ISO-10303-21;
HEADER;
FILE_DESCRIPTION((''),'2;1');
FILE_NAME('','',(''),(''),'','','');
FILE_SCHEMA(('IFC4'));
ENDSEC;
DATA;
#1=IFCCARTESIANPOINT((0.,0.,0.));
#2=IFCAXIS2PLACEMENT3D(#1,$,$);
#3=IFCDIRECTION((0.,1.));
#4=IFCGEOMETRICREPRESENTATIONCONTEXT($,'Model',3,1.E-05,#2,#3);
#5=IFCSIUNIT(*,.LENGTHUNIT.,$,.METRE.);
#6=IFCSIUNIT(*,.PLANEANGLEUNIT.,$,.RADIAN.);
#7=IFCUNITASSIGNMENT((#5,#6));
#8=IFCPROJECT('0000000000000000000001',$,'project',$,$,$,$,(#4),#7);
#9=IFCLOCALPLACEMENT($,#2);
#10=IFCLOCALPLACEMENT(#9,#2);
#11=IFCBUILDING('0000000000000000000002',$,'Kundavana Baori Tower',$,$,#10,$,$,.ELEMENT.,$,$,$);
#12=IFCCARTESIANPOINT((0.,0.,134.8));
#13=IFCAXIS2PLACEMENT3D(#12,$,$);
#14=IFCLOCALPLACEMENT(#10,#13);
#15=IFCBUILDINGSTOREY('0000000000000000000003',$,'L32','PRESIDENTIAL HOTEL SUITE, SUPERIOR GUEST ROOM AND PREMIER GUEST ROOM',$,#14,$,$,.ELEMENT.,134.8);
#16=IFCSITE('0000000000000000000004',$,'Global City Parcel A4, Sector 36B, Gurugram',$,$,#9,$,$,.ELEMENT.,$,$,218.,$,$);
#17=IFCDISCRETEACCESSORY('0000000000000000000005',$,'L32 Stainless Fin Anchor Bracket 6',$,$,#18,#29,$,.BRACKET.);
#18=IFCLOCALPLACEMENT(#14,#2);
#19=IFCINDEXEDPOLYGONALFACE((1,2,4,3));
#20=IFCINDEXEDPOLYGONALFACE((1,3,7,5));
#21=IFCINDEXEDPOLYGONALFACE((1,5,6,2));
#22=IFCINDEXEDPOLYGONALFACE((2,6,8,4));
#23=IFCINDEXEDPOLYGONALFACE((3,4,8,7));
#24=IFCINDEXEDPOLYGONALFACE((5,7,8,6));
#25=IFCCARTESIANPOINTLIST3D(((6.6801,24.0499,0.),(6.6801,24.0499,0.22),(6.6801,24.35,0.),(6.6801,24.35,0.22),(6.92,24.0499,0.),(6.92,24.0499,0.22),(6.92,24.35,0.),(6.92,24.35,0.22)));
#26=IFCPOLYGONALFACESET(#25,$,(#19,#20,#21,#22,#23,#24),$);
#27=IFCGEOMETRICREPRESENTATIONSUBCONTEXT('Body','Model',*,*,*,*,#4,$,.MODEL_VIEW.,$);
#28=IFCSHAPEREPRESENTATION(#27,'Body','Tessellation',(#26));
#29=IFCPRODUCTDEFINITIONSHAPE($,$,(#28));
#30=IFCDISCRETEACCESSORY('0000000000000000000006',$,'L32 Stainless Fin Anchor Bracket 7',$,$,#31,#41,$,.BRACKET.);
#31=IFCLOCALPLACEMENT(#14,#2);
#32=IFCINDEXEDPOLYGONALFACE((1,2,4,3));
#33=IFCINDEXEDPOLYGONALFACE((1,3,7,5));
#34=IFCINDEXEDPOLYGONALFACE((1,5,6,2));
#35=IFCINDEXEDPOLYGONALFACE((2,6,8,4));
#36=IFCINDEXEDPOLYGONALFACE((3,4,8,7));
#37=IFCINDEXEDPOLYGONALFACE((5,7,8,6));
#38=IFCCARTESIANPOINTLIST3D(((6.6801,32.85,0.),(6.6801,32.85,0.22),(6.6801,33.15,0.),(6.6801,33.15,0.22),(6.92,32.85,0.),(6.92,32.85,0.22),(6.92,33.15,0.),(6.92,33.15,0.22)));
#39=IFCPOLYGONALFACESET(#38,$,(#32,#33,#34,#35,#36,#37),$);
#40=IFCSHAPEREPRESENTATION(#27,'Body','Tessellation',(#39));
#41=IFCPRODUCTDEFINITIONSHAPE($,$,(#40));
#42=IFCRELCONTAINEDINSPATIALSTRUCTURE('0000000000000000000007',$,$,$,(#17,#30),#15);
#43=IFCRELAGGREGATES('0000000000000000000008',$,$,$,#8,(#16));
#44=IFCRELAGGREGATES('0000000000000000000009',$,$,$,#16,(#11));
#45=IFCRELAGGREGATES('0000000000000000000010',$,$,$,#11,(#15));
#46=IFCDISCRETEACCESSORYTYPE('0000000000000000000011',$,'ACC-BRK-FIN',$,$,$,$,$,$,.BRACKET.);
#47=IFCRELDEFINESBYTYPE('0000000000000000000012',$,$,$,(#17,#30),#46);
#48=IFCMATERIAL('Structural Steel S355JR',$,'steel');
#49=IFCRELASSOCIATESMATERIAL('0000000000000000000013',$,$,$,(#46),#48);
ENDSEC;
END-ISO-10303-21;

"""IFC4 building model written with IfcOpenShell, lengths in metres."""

from ifc_helpers import new_model, si_unit, direction, frame, origin, origin_2d, place, context, subcontext, project, spatial, rectangle, extrude, material, type_object, element, save


model = new_model("IFC4")

# Units and contexts
model_context = context("Model", 3, precision=1e-05, world=origin(), true_north=direction((0.0, 1.0)))
body_context = subcontext(model_context, "Body", "Model", "MODEL_VIEW")
ifc_project = project(units=[si_unit("LENGTHUNIT", "METRE"), si_unit("PLANEANGLEUNIT", "RADIAN")], contexts=[model_context])

# Site, building, storey
site_placement = place(None, origin())
site = spatial("IfcSite", under=ifc_project, at=site_placement, Name="Global City Parcel A4, Sector 36B, Gurugram", CompositionType="ELEMENT", RefElevation=218.0)
building_placement = place(site_placement, origin())
building = spatial("IfcBuilding", under=site, at=building_placement, Name="Kundavana Baori Tower", CompositionType="ELEMENT")
storey_placement = place(building_placement, frame((0.0, 0.0, 134.8)))
storey = spatial("IfcBuildingStorey", under=building, at=storey_placement, Name="L32", Description="PRESIDENTIAL HOTEL SUITE, SUPERIOR GUEST ROOM AND PREMIER GUEST ROOM", CompositionType="ELEMENT", Elevation=134.8)

# Discrete accessories
ifc_material_1 = material(Name="Structural Steel S355JR", Category="steel")
discrete_accessory_type = type_object("IfcDiscreteAccessoryType", Name="ACC-BRK-FIN", PredefinedType="BRACKET", material=ifc_material_1)
for number, where, z_axis, x_axis, name in (
    (1, (6.8, 24.2, 0.0), (0.0, 0.0, 1.0), (1.0, 0.0, 0.0), "L32 Stainless Fin Anchor Bracket 6"),
    (2, (6.8, 33.0, 0.0), (0.0, 0.0, 1.0), (1.0, 0.0, 0.0), "L32 Stainless Fin Anchor Bracket 7"),
):
    element("IfcDiscreteAccessory", number, at=place(storey_placement, frame(where, z_axis=z_axis, x_axis=x_axis)), inside=storey, type_object=discrete_accessory_type, Name=name, PredefinedType="BRACKET", context=body_context, shape_type="SweptSolid", body=[
        extrude(rectangle(XDim=0.24, YDim=0.3, at=origin_2d()), origin(), (0.0, 0.0, 1.0), 0.22),
    ])

save(model, "model.ifc")
